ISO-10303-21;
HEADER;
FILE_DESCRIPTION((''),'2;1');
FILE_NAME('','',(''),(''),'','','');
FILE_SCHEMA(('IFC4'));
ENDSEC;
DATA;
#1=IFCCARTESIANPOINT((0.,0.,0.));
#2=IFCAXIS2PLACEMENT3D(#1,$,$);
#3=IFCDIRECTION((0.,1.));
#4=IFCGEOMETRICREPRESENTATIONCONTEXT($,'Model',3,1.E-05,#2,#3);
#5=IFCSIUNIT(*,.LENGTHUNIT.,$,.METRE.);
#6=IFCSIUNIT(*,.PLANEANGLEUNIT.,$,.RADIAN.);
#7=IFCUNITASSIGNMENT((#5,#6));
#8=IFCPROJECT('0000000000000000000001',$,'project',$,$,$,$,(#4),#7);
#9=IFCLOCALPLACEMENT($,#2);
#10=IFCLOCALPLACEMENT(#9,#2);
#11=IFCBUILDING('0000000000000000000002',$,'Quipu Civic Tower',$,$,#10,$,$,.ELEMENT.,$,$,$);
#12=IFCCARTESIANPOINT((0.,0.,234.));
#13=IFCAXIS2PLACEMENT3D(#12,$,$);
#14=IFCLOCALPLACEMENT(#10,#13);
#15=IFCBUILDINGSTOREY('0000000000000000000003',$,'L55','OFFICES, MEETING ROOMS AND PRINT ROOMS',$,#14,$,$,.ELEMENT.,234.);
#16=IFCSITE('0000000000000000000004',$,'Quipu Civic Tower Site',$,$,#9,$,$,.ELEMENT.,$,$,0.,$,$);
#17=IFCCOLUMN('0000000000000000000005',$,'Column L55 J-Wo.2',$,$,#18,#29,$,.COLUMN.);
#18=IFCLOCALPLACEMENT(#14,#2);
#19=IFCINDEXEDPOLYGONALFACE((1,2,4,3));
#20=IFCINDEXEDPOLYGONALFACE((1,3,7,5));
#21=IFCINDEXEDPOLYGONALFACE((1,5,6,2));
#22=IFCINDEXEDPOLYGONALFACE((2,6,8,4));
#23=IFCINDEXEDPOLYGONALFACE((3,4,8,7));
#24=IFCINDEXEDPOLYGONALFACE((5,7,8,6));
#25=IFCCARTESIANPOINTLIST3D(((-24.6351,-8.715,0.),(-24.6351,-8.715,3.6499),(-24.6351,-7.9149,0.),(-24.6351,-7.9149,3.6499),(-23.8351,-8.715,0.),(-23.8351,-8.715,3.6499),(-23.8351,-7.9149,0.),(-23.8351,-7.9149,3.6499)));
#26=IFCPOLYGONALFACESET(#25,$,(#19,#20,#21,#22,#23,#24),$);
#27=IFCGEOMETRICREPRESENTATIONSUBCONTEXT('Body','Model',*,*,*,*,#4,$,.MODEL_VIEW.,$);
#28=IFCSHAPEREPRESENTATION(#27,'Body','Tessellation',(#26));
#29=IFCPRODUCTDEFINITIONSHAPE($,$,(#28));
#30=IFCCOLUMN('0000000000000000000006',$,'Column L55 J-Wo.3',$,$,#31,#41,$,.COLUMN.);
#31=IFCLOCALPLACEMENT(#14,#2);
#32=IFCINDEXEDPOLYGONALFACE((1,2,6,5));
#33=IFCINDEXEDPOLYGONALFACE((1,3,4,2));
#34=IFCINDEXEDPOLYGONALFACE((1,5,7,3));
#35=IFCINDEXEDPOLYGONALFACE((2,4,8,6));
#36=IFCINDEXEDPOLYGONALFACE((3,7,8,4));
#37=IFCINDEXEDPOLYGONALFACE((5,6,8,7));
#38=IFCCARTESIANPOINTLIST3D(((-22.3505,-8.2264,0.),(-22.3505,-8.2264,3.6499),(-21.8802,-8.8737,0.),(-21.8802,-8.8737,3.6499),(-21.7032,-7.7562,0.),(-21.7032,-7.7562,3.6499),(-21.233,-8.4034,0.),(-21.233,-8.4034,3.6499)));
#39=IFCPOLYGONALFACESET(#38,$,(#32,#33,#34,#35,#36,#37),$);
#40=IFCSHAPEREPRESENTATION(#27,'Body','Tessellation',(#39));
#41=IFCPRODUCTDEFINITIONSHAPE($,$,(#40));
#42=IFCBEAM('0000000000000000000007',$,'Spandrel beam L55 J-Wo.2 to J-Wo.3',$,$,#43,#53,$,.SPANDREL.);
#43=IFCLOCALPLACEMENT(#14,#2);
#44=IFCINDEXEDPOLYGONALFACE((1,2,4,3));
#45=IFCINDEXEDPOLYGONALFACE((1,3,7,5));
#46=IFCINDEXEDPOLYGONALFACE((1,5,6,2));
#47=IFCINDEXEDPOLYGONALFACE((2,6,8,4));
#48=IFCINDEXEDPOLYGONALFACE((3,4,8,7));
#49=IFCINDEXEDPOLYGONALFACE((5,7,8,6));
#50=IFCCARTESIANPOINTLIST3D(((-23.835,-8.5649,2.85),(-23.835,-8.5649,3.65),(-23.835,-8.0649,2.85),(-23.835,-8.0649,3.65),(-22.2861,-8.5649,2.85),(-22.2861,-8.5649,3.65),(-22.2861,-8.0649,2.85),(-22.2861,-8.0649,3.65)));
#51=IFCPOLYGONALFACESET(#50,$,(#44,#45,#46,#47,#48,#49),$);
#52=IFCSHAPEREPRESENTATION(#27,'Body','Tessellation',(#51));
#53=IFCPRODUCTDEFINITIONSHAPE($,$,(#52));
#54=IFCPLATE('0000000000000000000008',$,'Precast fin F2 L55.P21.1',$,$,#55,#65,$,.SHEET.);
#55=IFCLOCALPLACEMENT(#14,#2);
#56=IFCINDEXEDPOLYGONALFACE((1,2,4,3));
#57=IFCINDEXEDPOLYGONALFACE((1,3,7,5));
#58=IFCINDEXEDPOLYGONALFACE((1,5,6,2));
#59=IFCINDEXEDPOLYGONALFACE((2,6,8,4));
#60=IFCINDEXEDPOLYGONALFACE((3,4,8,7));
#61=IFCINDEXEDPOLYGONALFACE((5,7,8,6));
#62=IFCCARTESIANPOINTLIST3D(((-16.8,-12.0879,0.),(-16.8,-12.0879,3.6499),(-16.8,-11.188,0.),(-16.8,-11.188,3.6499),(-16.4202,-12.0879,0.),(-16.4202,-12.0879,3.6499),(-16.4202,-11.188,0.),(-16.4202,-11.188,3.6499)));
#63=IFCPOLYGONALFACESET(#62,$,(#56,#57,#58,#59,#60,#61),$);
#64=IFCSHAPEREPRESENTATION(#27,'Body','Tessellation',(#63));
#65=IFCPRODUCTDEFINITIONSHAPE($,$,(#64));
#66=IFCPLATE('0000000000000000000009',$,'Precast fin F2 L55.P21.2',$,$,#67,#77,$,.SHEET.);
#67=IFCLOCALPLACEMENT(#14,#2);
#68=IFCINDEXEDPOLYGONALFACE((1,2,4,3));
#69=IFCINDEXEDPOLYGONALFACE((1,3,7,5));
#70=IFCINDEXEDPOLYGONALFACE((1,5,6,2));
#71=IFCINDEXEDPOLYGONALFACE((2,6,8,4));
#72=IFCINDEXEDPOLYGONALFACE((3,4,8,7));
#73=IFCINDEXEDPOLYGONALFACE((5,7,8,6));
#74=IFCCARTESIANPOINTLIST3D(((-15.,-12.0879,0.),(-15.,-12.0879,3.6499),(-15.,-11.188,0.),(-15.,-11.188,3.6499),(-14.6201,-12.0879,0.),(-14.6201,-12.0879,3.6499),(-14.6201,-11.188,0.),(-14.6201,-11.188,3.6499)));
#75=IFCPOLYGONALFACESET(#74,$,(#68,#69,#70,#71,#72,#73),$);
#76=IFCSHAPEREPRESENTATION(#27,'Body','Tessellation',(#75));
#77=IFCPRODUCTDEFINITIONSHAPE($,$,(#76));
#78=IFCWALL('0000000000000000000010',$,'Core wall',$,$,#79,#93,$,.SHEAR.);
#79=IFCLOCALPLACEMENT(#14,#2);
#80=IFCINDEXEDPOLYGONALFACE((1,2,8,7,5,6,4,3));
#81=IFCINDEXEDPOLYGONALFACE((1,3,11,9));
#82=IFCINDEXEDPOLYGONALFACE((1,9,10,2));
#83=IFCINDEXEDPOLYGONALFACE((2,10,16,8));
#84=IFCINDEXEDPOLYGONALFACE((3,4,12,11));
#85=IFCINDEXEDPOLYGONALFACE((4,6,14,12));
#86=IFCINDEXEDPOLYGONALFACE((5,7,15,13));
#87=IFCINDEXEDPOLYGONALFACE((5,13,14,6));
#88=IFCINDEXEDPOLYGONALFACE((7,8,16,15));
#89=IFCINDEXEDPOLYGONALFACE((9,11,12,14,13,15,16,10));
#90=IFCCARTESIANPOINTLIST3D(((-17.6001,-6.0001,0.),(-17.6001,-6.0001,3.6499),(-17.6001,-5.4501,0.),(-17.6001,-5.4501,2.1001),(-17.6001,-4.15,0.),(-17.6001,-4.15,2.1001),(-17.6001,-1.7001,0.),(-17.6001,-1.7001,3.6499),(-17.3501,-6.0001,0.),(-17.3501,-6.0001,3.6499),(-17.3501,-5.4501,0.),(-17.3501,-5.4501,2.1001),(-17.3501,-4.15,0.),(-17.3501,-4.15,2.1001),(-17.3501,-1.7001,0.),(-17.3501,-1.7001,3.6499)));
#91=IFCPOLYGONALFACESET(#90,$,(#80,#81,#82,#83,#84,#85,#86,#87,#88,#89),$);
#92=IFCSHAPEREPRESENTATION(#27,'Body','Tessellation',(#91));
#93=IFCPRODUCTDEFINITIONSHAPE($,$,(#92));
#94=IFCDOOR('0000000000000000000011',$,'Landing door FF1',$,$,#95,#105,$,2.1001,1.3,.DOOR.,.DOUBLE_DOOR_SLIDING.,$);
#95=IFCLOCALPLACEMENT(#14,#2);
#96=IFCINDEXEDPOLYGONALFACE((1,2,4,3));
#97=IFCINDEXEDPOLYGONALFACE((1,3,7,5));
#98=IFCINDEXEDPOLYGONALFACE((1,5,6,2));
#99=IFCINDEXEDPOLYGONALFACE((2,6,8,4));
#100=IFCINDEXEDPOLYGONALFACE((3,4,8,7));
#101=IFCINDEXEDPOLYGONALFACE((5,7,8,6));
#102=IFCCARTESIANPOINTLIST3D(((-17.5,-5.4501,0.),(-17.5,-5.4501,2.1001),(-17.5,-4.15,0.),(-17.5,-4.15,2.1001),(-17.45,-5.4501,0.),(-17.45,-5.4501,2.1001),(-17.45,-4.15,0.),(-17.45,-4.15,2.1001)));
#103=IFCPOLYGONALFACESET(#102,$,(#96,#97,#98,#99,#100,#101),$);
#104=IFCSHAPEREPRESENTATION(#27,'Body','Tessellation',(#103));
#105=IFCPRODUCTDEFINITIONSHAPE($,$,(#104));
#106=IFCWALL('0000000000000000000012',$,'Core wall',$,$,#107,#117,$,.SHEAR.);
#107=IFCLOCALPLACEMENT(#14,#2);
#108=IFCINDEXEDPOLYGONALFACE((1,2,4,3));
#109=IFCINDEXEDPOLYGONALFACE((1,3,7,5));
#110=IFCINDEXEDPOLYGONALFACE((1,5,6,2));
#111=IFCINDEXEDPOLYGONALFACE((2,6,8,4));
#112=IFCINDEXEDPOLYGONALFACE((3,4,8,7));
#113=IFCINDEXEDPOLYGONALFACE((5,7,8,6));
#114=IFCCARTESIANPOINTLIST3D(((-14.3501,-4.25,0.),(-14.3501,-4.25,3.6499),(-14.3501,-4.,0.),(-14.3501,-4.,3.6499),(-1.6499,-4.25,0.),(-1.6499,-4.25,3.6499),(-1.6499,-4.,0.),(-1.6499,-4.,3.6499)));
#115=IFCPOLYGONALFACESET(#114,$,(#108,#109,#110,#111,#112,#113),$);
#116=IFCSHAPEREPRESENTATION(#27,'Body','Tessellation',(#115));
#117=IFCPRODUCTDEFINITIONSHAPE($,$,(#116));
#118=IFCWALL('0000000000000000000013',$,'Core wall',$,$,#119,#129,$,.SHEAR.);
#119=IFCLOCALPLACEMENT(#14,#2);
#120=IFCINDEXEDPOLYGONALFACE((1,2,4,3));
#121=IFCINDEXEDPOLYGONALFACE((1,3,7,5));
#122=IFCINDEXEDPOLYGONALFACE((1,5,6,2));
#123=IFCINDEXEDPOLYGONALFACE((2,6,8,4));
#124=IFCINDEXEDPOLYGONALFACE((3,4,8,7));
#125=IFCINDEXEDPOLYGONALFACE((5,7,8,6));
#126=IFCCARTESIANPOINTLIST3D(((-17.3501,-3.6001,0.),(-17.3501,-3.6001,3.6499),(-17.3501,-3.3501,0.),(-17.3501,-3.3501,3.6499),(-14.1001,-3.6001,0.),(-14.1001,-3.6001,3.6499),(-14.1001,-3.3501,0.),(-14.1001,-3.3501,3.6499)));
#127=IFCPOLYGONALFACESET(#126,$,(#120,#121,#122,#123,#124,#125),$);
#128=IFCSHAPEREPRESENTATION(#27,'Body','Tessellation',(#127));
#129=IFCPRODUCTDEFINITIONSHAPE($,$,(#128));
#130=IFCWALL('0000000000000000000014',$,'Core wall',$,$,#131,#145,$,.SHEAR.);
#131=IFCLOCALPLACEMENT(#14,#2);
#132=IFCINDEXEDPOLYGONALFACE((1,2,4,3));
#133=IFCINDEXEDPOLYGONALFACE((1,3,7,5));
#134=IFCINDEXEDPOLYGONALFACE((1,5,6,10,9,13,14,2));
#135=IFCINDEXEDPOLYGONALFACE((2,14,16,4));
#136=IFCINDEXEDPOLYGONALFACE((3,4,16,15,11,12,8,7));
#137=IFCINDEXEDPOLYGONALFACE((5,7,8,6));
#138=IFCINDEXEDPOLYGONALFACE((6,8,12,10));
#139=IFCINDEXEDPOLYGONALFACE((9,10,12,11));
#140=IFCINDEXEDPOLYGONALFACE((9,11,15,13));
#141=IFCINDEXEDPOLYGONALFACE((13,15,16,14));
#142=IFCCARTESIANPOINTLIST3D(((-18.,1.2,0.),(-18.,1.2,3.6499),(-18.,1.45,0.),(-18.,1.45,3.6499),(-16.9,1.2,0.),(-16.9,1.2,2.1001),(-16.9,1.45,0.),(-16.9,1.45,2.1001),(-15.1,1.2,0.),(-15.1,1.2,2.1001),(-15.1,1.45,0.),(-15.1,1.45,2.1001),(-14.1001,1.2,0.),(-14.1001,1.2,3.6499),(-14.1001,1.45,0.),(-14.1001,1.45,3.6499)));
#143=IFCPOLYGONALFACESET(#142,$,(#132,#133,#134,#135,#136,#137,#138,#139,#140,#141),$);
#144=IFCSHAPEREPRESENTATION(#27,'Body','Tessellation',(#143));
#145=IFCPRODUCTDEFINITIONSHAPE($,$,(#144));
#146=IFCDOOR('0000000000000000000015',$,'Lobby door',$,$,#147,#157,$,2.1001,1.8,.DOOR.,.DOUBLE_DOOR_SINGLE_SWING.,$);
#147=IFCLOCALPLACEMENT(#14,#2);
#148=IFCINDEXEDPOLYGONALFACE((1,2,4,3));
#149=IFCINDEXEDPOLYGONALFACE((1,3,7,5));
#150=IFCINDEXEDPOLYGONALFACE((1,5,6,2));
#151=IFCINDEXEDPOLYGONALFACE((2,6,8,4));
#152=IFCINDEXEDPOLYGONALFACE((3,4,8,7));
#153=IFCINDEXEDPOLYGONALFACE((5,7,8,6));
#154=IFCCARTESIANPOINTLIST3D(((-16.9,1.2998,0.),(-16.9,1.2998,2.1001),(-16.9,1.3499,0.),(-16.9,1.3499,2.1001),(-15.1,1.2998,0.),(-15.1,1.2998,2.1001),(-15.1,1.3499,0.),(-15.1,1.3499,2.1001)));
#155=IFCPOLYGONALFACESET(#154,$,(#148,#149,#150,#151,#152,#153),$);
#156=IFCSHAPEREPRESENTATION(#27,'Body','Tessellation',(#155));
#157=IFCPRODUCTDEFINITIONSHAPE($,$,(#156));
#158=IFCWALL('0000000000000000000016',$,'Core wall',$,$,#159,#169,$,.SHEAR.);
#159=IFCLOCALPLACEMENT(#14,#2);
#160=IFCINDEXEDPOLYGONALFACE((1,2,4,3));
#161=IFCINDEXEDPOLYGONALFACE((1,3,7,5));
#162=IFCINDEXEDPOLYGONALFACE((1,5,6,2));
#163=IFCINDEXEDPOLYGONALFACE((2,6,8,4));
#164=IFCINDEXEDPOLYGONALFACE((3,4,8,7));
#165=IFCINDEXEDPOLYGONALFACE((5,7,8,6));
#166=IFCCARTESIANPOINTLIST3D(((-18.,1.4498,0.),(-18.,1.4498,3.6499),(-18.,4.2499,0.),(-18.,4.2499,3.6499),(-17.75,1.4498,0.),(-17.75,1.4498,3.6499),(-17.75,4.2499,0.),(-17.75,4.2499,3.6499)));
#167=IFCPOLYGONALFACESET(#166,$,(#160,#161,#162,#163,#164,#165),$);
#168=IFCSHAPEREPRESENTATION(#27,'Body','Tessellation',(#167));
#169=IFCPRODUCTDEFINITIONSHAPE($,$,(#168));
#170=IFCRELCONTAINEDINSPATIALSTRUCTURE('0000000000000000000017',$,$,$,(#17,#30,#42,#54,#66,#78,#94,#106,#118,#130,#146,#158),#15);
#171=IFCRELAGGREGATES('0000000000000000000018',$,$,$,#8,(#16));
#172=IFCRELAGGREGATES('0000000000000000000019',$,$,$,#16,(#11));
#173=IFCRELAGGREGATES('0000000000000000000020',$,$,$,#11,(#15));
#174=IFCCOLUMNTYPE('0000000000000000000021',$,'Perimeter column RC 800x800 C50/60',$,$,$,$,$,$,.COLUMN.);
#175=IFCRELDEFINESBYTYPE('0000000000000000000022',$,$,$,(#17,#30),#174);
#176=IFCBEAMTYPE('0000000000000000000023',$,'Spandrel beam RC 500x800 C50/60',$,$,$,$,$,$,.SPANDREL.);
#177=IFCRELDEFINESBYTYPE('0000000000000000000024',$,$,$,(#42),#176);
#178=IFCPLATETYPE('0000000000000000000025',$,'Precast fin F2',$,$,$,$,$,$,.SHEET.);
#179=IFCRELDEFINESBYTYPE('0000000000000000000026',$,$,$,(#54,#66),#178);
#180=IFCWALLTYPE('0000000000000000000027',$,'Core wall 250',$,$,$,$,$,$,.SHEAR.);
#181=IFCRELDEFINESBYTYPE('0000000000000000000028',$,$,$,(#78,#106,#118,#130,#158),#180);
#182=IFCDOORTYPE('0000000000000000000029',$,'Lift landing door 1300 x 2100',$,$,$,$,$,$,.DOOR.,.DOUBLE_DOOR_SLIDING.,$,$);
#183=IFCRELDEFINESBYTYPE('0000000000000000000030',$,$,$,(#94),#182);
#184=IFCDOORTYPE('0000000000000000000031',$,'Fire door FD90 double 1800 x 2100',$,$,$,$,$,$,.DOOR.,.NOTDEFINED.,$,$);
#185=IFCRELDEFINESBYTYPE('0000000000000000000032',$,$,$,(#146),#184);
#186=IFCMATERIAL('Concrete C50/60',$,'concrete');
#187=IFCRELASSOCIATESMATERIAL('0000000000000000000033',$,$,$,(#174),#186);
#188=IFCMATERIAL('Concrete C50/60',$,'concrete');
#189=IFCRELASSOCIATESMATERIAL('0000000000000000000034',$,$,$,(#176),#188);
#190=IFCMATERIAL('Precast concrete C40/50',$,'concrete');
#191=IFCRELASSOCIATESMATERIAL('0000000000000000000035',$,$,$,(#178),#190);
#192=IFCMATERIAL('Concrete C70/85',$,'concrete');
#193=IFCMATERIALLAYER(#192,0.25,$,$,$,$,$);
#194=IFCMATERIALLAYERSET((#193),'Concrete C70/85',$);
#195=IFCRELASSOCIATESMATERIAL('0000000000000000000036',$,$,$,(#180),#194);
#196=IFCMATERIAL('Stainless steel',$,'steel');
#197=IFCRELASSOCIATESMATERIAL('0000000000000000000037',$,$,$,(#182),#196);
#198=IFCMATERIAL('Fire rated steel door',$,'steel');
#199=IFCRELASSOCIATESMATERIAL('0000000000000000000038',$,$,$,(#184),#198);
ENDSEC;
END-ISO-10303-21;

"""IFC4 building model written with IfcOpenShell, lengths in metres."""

from ifc_helpers import new_model, si_unit, direction, frame, frame_2d, origin, origin_2d, place, context, subcontext, project, spatial, rectangle, extrude, material, layer, layer_set, material_profile, profile_set, type_object, element, fill, save


model = new_model("IFC4")

# Units and contexts
model_context = context("Model", 3, precision=1e-05, world=origin(), true_north=direction((0.0, 1.0)))
body_context = subcontext(model_context, "Body", "Model", "MODEL_VIEW")
ifc_project = project(units=[si_unit("LENGTHUNIT", "METRE"), si_unit("PLANEANGLEUNIT", "RADIAN")], contexts=[model_context])

# Site, building, storey
site_placement = place(None, origin())
site = spatial("IfcSite", under=ifc_project, at=site_placement, Name="Quipu Civic Tower Site", CompositionType="ELEMENT", RefElevation=0.0)
building_placement = place(site_placement, origin())
building = spatial("IfcBuilding", under=site, at=building_placement, Name="Quipu Civic Tower", CompositionType="ELEMENT")
storey_placement = place(building_placement, frame((0.0, 0.0, 234.0)))
storey = spatial("IfcBuildingStorey", under=building, at=storey_placement, Name="L55", Description="OFFICES, MEETING ROOMS AND PRINT ROOMS", CompositionType="ELEMENT", Elevation=234.0)

# Columns
ifc_material_1 = material(Name="Concrete C50/60", Category="concrete")
ifc_material_profile_1 = material_profile(ifc_material_1, rectangle(XDim=0.8, YDim=0.8, at=origin_2d()), Name="RC800x800")
ifc_profile_set_1 = profile_set([ifc_material_profile_1], Name="Concrete C50/60")
column_type = type_object("IfcColumnType", Name="Perimeter column RC 800x800 C50/60", PredefinedType="COLUMN", material=ifc_profile_set_1)
for number, where, z_axis, x_axis, name in (
    (1, (-24.2351, -8.3149, 0.0), (0.0, 0.0, 1.0), (1.0, 0.0, 0.0), "Column L55 J-Wo.2"),
    (2, (-21.7917, -8.3149, 0.0), (0.0, 0.0, 1.0), (0.587785, -0.809017, 0.0), "Column L55 J-Wo.3"),
):
    element("IfcColumn", number, at=place(storey_placement, frame(where, z_axis=z_axis, x_axis=x_axis)), inside=storey, type_object=column_type, Name=name, PredefinedType="COLUMN", context=body_context, shape_type="SweptSolid", body=[
        extrude(rectangle(XDim=0.8, YDim=0.8, at=origin_2d()), origin(), (0.0, 0.0, 1.0), 3.6499),
    ])

# Beam
ifc_material_2 = material(Name="Concrete C50/60", Category="concrete")
ifc_material_profile_2 = material_profile(ifc_material_2, rectangle(XDim=0.5, YDim=0.8, at=origin_2d()), Name="RC500x800")
ifc_profile_set_2 = profile_set([ifc_material_profile_2], Name="Concrete C50/60")
beam_type = type_object("IfcBeamType", Name="Spandrel beam RC 500x800 C50/60", PredefinedType="SPANDREL", material=ifc_profile_set_2)
beam_placement = place(storey_placement, frame((-23.835, -8.3149, 3.25), z_axis=(1.0, 0.0, 0.0), x_axis=(0.0, 1.0, 0.0)))
element("IfcBeam", 3, at=beam_placement, inside=storey, type_object=beam_type, Name="Spandrel beam L55 J-Wo.2 to J-Wo.3", PredefinedType="SPANDREL", context=body_context, shape_type="SweptSolid", body=[
    extrude(rectangle(XDim=0.5, YDim=0.8, at=origin_2d()), origin(), (0.0, 0.0, 1.0), 1.5488),
])

# Plates
ifc_material_3 = material(Name="Precast concrete C40/50", Category="concrete")
plate_type = type_object("IfcPlateType", Name="Precast fin F2", PredefinedType="SHEET", material=ifc_material_3)
for number, where, z_axis, x_axis, name in (
    (4, (-16.6101, -11.6379, 0.0), (0.0, 0.0, 1.0), (1.0, 0.0, 0.0), "Precast fin F2 L55.P21.1"),
    (5, (-14.8101, -11.6379, 0.0), (0.0, 0.0, 1.0), (1.0, 0.0, 0.0), "Precast fin F2 L55.P21.2"),
):
    element("IfcPlate", number, at=place(storey_placement, frame(where, z_axis=z_axis, x_axis=x_axis)), inside=storey, type_object=plate_type, Name=name, PredefinedType="SHEET", context=body_context, shape_type="SweptSolid", body=[
        extrude(rectangle(XDim=0.3799, YDim=0.8999, at=origin_2d()), origin(), (0.0, 0.0, 1.0), 3.6499),
    ])

# Wall, opening, door
ifc_material_4 = material(Name="Concrete C70/85", Category="concrete")
ifc_layer_1 = layer(ifc_material_4, 0.25)
ifc_layer_set_1 = layer_set([ifc_layer_1], Name="Concrete C70/85")
wall_type_1 = type_object("IfcWallType", Name="Core wall 250", PredefinedType="SHEAR", material=ifc_layer_set_1)
wall_1_placement = place(storey_placement, frame((-17.4751, -6.0, 0.0), z_axis=(0.0, 0.0, 1.0), x_axis=(0.0, 1.0, 0.0)))
wall_1 = element("IfcWall", 6, at=wall_1_placement, inside=storey, type_object=wall_type_1, Name="Core wall", PredefinedType="SHEAR", context=body_context, shape_type="SweptSolid", body=[
    extrude(rectangle(XDim=4.3, YDim=0.25, at=frame_2d((2.1499, 0.0))), origin(), (0.0, 0.0, 1.0), 3.6499),
])
opening_1_placement = place(wall_1_placement, frame((0.55, 0.0, 0.0)))
opening_1 = element("IfcOpeningElement", 7, at=opening_1_placement, cuts=wall_1, PredefinedType="OPENING", context=body_context, shape_type="SweptSolid", body=[
    extrude(rectangle(XDim=1.3, YDim=2.1001, at=frame_2d((0.6499, 1.05))), frame((0.0, 0.135, 0.0), z_axis=(0.0, -1.0, 0.0), x_axis=(1.0, 0.0, 0.0)), (0.0, 0.0, 1.0), 0.27),
])
ifc_material_5 = material(Name="Stainless steel", Category="steel")
door_type_1 = type_object("IfcDoorType", Name="Lift landing door 1300 x 2100", OperationType="DOUBLE_DOOR_SLIDING", PredefinedType="DOOR", material=ifc_material_5)
door_1_placement = place(opening_1_placement, origin())
door_1 = element("IfcDoor", 8, at=door_1_placement, inside=storey, type_object=door_type_1, Name="Landing door FF1", OperationType="DOUBLE_DOOR_SLIDING", OverallHeight=2.1001, OverallWidth=1.3, PredefinedType="DOOR", context=body_context, shape_type="SweptSolid", body=[
    extrude(rectangle(XDim=1.3, YDim=2.1001, at=frame_2d((0.6499, 1.05))), frame((0.0, 0.0249, 0.0), z_axis=(0.0, -1.0, 0.0), x_axis=(1.0, 0.0, 0.0)), (0.0, 0.0, 1.0), 0.05),
])
fill(opening_1, door_1)

# Walls
wall_2_placement = place(storey_placement, frame((-14.3501, -4.125, 0.0), z_axis=(0.0, 0.0, 1.0), x_axis=(1.0, 0.0, 0.0)))
element("IfcWall", 9, at=wall_2_placement, inside=storey, type_object=wall_type_1, Name="Core wall", PredefinedType="SHEAR", context=body_context, shape_type="SweptSolid", body=[
    extrude(rectangle(XDim=12.7002, YDim=0.25, at=frame_2d((6.3501, 0.0))), origin(), (0.0, 0.0, 1.0), 3.6499),
])
wall_3_placement = place(storey_placement, frame((-17.3501, -3.4751, 0.0), z_axis=(0.0, 0.0, 1.0), x_axis=(1.0, 0.0, 0.0)))
element("IfcWall", 10, at=wall_3_placement, inside=storey, type_object=wall_type_1, Name="Core wall", PredefinedType="SHEAR", context=body_context, shape_type="SweptSolid", body=[
    extrude(rectangle(XDim=3.25, YDim=0.25, at=frame_2d((1.625, 0.0))), origin(), (0.0, 0.0, 1.0), 3.6499),
])

# Wall, opening, door
wall_4_placement = place(storey_placement, frame((-18.0, 1.325, 0.0), z_axis=(0.0, 0.0, 1.0), x_axis=(1.0, 0.0, 0.0)))
wall_4 = element("IfcWall", 11, at=wall_4_placement, inside=storey, type_object=wall_type_1, Name="Core wall", PredefinedType="SHEAR", context=body_context, shape_type="SweptSolid", body=[
    extrude(rectangle(XDim=3.8999, YDim=0.25, at=frame_2d((1.95, 0.0))), origin(), (0.0, 0.0, 1.0), 3.6499),
])
opening_2_placement = place(wall_4_placement, frame((1.1001, 0.0, 0.0)))
opening_2 = element("IfcOpeningElement", 12, at=opening_2_placement, cuts=wall_4, PredefinedType="OPENING", context=body_context, shape_type="SweptSolid", body=[
    extrude(rectangle(XDim=1.8, YDim=2.1001, at=frame_2d((0.8999, 1.05))), frame((0.0, 0.135, 0.0), z_axis=(0.0, -1.0, 0.0), x_axis=(1.0, 0.0, 0.0)), (0.0, 0.0, 1.0), 0.27),
])
ifc_material_6 = material(Name="Fire rated steel door", Category="steel")
door_type_2 = type_object("IfcDoorType", Name="Fire door FD90 double 1800 x 2100", OperationType="NOTDEFINED", PredefinedType="DOOR", material=ifc_material_6)
door_2_placement = place(opening_2_placement, origin())
door_2 = element("IfcDoor", 13, at=door_2_placement, inside=storey, type_object=door_type_2, Name="Lobby door", OperationType="DOUBLE_DOOR_SINGLE_SWING", OverallHeight=2.1001, OverallWidth=1.8, PredefinedType="DOOR", context=body_context, shape_type="SweptSolid", body=[
    extrude(rectangle(XDim=1.8, YDim=2.1001, at=frame_2d((0.8999, 1.05))), frame((0.0, 0.0249, 0.0), z_axis=(0.0, -1.0, 0.0), x_axis=(1.0, 0.0, 0.0)), (0.0, 0.0, 1.0), 0.05),
])
fill(opening_2, door_2)

# Wall
wall_5_placement = place(storey_placement, frame((-17.875, 1.45, 0.0), z_axis=(0.0, 0.0, 1.0), x_axis=(0.0, 1.0, 0.0)))
element("IfcWall", 14, at=wall_5_placement, inside=storey, type_object=wall_type_1, Name="Core wall", PredefinedType="SHEAR", context=body_context, shape_type="SweptSolid", body=[
    extrude(rectangle(XDim=2.8, YDim=0.25, at=frame_2d((1.3999, 0.0))), origin(), (0.0, 0.0, 1.0), 3.6499),
])

save(model, "model.ifc")
